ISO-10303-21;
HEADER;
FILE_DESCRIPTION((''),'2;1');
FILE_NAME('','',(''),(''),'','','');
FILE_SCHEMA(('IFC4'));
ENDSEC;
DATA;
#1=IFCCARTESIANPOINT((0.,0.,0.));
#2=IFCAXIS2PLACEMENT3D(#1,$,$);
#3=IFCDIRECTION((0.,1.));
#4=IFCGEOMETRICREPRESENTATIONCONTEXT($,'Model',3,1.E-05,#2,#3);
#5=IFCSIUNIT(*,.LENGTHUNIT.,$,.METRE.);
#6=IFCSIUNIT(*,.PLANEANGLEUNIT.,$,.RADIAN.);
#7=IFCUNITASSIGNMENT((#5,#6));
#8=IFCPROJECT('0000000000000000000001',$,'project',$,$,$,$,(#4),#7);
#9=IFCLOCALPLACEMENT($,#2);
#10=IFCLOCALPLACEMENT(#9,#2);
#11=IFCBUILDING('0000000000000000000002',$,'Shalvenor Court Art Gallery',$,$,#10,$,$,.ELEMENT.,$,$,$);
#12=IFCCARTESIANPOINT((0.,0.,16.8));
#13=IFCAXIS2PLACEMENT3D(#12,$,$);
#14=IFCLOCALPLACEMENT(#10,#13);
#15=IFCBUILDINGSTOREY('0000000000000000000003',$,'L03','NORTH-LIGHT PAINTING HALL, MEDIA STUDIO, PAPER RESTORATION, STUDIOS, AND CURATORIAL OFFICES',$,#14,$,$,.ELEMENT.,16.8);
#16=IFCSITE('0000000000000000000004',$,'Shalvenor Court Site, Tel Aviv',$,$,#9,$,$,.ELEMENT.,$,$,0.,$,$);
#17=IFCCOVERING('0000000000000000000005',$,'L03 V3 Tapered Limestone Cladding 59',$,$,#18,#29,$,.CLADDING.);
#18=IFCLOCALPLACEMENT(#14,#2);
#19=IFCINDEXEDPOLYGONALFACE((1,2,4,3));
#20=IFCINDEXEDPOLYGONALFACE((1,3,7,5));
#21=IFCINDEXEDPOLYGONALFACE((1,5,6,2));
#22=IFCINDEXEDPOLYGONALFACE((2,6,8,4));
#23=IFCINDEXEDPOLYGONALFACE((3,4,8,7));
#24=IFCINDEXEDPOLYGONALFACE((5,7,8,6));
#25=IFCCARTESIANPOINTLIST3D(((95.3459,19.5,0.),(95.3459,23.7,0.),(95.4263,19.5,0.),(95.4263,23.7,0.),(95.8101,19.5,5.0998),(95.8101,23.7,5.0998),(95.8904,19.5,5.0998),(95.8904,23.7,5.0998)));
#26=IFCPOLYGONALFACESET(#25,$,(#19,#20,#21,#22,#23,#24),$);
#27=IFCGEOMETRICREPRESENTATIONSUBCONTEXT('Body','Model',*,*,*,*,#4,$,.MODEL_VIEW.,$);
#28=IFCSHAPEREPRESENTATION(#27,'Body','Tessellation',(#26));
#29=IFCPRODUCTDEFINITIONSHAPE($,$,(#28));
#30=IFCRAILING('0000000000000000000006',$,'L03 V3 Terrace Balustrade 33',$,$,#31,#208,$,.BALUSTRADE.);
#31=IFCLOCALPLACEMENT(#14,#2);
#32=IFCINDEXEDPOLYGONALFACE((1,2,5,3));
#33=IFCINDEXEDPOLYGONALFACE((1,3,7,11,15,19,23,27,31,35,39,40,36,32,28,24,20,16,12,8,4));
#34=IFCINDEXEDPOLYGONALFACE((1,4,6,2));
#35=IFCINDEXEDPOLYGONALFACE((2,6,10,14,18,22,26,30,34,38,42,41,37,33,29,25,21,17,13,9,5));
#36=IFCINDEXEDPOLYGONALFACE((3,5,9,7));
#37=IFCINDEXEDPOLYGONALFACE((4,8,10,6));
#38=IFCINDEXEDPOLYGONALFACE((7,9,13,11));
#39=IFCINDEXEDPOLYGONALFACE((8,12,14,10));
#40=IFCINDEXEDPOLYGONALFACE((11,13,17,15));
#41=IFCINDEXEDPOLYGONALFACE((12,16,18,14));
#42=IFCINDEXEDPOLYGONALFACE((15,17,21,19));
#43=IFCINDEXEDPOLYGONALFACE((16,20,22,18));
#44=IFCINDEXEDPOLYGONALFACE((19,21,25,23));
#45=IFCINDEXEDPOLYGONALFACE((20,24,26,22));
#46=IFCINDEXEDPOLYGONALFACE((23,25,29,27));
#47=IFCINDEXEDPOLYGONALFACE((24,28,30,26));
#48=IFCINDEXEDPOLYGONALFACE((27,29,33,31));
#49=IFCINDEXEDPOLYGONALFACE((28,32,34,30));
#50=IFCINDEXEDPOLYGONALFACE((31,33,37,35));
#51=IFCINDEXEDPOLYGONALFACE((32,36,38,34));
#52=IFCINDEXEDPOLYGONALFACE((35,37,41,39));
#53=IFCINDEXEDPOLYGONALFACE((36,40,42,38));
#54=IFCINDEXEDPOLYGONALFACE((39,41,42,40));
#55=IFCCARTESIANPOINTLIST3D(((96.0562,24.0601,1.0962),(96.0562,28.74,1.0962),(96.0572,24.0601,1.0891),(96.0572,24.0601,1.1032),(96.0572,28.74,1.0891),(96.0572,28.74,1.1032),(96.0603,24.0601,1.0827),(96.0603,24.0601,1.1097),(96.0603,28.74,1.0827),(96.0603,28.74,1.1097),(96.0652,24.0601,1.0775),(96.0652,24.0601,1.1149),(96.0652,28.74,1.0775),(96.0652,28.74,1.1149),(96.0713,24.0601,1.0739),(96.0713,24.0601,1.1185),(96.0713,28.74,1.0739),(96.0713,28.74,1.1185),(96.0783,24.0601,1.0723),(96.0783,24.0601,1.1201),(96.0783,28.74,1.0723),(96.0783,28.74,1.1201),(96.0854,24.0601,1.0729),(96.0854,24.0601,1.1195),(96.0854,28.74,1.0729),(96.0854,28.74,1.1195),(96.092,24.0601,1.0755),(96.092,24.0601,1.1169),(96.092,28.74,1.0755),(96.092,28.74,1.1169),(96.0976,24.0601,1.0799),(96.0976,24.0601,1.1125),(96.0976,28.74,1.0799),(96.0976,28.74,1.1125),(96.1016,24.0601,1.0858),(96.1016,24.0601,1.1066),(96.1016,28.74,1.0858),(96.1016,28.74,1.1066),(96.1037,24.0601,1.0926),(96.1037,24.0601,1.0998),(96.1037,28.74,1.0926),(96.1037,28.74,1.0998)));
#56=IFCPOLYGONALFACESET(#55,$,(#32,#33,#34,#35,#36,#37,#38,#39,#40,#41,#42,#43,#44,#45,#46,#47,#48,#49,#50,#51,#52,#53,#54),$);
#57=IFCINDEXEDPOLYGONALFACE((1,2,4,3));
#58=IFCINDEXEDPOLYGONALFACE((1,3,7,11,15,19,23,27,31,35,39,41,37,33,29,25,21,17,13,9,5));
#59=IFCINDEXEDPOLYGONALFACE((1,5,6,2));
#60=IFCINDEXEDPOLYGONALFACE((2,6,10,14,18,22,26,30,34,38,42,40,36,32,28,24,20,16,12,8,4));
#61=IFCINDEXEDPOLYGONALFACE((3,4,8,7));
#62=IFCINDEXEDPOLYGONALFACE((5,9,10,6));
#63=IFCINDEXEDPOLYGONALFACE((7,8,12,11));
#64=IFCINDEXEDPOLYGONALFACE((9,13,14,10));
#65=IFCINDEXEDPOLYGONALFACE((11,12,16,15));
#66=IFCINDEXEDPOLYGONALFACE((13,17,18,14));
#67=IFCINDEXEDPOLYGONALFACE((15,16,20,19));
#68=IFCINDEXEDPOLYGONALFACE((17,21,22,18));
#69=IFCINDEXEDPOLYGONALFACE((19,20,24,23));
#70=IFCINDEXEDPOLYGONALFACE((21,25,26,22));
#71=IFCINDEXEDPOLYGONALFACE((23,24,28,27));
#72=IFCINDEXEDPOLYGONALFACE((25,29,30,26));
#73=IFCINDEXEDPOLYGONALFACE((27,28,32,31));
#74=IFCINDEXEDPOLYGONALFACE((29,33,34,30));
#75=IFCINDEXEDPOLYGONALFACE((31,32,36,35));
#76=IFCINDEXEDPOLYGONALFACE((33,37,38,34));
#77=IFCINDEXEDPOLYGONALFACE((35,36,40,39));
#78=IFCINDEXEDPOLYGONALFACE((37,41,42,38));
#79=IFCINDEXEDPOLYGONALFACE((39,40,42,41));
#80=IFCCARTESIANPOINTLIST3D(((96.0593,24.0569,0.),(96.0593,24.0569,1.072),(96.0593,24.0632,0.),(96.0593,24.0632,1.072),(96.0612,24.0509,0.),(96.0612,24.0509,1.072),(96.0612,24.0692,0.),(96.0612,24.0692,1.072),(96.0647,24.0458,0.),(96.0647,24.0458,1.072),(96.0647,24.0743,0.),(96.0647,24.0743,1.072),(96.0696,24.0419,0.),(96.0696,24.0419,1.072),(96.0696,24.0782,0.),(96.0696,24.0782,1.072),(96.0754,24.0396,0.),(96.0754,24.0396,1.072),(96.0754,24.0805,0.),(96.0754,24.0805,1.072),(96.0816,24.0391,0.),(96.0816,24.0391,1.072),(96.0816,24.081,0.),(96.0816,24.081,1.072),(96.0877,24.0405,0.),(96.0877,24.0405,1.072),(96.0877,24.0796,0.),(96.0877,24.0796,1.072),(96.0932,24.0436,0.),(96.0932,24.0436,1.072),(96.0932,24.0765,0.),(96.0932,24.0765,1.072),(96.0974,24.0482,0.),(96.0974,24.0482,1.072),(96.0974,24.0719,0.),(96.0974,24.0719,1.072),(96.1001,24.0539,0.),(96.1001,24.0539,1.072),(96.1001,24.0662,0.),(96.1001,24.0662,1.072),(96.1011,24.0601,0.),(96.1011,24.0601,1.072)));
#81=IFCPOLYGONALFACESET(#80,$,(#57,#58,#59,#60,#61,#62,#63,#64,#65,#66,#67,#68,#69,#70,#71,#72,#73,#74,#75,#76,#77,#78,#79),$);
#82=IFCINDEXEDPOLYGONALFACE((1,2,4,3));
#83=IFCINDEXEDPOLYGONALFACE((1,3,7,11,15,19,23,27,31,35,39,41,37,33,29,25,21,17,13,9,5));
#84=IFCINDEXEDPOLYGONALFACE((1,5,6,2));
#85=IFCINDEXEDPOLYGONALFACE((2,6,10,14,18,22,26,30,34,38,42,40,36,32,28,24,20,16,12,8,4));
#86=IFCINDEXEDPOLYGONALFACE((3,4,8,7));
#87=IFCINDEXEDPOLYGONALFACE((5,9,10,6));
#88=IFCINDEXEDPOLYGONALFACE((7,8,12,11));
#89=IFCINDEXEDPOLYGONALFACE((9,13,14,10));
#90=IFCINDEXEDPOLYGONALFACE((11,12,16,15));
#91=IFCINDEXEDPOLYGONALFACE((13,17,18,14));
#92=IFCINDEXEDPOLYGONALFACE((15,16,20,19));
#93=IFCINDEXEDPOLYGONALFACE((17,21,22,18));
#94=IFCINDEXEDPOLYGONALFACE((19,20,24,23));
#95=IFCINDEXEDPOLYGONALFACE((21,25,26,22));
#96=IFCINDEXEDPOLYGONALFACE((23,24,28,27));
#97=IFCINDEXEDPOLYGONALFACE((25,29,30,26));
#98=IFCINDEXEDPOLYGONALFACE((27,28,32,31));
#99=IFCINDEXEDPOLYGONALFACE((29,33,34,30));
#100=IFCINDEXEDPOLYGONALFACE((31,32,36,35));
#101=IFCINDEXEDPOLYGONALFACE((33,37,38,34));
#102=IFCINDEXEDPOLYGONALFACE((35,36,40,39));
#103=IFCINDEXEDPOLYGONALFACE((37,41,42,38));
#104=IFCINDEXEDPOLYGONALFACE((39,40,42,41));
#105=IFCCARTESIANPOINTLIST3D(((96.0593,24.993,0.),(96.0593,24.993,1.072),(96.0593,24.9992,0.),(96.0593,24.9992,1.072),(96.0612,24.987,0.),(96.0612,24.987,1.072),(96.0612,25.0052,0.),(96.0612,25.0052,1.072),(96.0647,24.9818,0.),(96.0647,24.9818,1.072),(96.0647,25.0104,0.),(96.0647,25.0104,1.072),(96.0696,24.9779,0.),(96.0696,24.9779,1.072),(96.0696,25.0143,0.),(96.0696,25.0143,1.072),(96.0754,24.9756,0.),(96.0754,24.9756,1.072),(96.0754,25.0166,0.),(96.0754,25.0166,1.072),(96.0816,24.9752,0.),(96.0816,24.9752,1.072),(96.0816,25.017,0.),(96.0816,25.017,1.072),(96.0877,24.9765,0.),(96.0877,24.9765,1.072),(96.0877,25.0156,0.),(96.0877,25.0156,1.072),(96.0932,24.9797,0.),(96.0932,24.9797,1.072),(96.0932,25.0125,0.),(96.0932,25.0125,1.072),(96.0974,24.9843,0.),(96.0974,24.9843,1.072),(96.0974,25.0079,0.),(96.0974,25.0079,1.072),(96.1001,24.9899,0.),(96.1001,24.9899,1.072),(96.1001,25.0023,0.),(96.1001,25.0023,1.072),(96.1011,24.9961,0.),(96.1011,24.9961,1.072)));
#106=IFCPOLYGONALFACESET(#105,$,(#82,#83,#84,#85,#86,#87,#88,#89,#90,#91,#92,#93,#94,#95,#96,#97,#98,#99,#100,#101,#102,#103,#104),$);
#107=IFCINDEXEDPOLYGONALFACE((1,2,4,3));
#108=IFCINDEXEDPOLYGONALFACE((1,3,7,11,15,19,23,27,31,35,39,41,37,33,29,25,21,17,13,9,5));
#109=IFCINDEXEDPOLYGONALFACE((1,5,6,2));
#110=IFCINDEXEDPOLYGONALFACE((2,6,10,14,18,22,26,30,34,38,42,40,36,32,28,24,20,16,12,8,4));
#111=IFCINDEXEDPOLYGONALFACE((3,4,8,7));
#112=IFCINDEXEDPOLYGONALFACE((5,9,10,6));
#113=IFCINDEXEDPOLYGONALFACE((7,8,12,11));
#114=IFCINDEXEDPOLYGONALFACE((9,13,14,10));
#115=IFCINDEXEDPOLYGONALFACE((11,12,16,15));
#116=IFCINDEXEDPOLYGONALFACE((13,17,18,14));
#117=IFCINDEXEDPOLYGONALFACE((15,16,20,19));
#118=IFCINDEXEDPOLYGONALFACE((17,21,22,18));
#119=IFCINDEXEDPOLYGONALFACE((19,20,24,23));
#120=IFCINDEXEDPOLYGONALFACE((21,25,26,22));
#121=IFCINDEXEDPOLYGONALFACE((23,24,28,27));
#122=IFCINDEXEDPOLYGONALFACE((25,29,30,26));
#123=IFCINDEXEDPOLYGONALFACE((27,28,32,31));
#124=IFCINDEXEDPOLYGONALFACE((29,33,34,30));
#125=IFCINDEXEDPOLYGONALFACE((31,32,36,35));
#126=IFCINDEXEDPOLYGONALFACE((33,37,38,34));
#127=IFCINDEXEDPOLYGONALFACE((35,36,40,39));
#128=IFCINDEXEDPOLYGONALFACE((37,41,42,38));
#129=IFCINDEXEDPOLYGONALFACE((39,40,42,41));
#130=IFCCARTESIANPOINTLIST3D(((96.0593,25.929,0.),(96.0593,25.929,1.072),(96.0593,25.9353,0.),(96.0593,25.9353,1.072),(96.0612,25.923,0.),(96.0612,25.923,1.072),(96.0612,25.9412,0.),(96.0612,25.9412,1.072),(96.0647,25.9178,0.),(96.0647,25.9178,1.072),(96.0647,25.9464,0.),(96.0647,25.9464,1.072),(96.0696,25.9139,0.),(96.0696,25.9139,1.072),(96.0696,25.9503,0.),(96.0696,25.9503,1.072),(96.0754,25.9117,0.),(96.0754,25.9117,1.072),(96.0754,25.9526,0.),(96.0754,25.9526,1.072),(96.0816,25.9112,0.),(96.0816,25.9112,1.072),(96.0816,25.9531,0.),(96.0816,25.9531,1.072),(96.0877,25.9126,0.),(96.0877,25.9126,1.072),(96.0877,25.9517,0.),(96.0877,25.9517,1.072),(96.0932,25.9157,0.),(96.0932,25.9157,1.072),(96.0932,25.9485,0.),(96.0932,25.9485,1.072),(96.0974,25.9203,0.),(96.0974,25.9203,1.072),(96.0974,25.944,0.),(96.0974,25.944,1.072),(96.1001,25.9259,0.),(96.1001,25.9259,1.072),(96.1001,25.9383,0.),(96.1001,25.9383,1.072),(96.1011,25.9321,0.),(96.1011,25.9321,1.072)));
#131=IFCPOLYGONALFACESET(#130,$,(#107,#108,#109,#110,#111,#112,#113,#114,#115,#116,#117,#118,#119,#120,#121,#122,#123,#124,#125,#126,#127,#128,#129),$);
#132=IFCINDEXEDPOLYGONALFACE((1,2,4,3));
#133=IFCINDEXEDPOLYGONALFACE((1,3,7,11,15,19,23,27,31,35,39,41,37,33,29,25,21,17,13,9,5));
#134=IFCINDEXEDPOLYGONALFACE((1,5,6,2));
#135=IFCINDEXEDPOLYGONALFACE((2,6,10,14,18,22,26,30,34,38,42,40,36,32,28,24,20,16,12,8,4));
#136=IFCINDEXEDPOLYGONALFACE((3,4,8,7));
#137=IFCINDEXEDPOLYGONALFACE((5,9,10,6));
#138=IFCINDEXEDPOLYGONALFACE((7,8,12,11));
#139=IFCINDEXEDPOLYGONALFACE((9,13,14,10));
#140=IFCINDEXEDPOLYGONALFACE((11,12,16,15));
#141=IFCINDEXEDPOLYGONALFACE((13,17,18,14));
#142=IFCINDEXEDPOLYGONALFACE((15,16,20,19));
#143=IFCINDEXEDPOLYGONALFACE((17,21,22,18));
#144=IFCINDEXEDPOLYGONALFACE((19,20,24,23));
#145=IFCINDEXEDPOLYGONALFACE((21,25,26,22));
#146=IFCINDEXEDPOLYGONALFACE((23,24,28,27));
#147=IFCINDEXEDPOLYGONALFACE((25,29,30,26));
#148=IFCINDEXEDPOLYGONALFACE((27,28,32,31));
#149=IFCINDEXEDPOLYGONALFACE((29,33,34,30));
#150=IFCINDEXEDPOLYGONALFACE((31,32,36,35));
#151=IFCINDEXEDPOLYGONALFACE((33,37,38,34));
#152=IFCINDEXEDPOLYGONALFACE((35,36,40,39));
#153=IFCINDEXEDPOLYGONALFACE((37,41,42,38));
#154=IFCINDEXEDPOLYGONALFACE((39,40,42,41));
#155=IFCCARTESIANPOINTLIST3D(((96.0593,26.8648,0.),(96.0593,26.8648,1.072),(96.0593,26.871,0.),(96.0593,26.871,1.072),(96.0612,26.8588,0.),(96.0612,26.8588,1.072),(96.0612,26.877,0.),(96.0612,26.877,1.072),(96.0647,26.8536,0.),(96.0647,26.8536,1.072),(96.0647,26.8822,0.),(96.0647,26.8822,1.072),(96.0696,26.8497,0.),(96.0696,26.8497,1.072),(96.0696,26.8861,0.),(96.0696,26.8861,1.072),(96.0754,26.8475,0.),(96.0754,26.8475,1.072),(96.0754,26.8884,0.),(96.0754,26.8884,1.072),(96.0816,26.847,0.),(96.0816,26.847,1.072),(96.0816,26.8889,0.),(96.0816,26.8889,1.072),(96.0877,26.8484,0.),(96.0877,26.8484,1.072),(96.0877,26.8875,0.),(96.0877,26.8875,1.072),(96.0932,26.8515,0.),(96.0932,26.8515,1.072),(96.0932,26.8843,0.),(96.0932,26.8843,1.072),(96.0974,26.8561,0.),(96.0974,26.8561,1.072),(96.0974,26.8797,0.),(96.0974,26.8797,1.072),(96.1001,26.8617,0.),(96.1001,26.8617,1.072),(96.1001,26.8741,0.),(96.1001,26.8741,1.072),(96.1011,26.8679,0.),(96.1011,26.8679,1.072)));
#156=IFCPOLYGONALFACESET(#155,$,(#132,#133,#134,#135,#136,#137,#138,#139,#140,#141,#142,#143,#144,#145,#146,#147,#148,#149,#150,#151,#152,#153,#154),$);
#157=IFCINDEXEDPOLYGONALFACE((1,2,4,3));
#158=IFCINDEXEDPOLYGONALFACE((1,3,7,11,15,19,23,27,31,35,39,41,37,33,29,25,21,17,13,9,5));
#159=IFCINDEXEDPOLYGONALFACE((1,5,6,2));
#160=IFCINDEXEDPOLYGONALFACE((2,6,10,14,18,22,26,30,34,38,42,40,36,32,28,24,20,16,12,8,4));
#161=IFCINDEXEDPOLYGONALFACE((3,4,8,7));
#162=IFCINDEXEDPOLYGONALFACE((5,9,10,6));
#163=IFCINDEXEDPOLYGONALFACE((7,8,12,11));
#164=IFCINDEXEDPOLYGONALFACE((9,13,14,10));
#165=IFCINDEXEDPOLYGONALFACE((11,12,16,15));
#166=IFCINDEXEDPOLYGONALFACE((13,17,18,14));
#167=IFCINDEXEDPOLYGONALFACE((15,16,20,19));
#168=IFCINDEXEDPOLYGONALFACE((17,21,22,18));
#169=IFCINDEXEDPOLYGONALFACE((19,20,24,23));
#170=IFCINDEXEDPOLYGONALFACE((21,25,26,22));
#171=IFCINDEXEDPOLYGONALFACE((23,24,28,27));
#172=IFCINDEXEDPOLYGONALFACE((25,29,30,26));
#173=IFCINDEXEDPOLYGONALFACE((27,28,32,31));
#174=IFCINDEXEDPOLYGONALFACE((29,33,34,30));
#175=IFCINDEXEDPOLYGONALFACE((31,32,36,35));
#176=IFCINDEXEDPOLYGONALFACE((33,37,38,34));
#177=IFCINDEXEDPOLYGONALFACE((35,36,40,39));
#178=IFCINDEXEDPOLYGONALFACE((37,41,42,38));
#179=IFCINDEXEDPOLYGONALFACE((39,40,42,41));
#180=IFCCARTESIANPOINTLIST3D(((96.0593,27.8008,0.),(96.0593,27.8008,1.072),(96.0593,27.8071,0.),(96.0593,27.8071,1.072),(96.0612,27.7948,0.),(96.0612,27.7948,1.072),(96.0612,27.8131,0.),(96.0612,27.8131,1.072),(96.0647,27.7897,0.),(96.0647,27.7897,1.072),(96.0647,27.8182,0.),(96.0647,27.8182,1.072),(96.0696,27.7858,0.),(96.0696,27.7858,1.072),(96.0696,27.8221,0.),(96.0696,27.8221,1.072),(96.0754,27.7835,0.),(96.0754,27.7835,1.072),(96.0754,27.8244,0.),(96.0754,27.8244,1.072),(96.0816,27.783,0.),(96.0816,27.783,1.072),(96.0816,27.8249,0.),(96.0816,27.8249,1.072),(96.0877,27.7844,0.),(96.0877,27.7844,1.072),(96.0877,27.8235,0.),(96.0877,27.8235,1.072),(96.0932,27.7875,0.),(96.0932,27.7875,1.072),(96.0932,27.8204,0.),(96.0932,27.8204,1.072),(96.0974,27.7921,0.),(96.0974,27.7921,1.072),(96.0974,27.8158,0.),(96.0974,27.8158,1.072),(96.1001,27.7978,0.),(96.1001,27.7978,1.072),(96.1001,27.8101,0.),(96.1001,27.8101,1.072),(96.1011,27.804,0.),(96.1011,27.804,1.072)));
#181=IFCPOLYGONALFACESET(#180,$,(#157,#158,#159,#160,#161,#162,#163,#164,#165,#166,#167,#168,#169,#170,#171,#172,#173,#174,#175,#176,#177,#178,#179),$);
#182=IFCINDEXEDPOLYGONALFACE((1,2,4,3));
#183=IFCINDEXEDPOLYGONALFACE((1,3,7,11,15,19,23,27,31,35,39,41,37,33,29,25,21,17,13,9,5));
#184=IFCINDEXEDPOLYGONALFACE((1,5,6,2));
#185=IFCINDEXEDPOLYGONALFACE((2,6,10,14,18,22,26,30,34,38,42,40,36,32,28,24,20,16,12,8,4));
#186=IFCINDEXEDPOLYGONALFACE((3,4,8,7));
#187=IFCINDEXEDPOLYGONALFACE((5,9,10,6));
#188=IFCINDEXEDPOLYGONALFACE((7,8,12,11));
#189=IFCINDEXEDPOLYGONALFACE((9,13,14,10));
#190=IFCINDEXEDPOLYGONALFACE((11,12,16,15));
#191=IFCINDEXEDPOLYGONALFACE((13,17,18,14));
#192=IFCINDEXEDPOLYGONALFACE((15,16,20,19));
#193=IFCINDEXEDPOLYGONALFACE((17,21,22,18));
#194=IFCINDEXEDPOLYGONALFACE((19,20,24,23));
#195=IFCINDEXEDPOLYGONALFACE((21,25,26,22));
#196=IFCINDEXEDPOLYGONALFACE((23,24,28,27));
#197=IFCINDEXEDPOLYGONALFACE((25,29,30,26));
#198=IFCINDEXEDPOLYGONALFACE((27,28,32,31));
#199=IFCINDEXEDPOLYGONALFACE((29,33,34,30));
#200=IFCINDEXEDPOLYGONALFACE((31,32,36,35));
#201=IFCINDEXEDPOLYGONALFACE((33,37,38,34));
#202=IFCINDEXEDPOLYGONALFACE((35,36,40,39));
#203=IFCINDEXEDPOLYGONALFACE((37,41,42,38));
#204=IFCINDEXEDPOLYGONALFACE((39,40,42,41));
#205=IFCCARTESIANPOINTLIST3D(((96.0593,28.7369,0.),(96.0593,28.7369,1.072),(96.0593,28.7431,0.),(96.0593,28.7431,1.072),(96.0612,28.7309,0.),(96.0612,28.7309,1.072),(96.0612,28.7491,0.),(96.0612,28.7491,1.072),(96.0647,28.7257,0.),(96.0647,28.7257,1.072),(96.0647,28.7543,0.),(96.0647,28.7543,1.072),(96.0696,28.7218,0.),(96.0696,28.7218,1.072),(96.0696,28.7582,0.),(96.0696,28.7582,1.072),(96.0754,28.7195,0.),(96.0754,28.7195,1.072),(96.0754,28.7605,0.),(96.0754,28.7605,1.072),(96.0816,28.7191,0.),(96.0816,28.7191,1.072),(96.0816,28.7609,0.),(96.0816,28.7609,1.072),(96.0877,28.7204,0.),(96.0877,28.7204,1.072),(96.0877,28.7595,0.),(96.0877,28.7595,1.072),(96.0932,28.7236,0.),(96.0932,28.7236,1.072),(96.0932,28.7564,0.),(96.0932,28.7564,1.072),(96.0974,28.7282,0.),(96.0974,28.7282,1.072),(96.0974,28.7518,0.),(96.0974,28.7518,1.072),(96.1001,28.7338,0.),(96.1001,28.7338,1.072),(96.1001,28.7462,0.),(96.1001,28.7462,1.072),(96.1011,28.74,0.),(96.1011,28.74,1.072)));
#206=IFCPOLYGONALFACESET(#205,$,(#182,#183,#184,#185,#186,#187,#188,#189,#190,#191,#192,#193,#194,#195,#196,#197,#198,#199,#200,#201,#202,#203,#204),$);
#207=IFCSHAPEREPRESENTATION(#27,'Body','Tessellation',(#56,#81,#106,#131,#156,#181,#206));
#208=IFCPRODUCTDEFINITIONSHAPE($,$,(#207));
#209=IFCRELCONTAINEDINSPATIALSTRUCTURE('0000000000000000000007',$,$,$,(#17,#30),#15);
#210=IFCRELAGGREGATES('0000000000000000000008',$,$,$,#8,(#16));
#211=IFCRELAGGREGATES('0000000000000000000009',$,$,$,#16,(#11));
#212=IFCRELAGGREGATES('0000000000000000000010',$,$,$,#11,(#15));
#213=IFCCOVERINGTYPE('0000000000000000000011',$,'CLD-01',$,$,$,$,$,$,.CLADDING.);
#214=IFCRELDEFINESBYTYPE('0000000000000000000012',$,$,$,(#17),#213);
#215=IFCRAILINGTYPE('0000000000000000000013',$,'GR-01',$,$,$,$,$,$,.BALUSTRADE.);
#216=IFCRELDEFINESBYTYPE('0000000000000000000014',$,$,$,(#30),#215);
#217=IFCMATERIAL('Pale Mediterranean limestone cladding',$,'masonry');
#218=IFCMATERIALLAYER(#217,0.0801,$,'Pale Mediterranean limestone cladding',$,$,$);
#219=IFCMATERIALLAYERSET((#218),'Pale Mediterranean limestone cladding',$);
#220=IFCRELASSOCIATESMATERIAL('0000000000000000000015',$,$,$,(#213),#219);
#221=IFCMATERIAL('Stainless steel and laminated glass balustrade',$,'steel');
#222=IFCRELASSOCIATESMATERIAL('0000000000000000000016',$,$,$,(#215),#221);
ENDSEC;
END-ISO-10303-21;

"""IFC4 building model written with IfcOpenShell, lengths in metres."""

from ifc_helpers import new_model, si_unit, direction, frame, origin, origin_2d, place, context, subcontext, project, spatial, polyline, circle, outline, extrude, material, layer, layer_set, type_object, element, save


model = new_model("IFC4")

# Units and contexts
model_context = context("Model", 3, precision=1e-05, world=origin(), true_north=direction((0.0, 1.0)))
body_context = subcontext(model_context, "Body", "Model", "MODEL_VIEW")
ifc_project = project(units=[si_unit("LENGTHUNIT", "METRE"), si_unit("PLANEANGLEUNIT", "RADIAN")], contexts=[model_context])

# Site, building, storey
site_placement = place(None, origin())
site = spatial("IfcSite", under=ifc_project, at=site_placement, Name="Shalvenor Court Site, Tel Aviv", CompositionType="ELEMENT", RefElevation=0.0)
building_placement = place(site_placement, origin())
building = spatial("IfcBuilding", under=site, at=building_placement, Name="Shalvenor Court Art Gallery", CompositionType="ELEMENT")
storey_placement = place(building_placement, frame((0.0, 0.0, 16.8)))
storey = spatial("IfcBuildingStorey", under=building, at=storey_placement, Name="L03", Description="NORTH-LIGHT PAINTING HALL, MEDIA STUDIO, PAPER RESTORATION, STUDIOS, AND CURATORIAL OFFICES", CompositionType="ELEMENT", Elevation=16.8)

# Covering
ifc_material_1 = material(Name="Pale Mediterranean limestone cladding", Category="masonry")
ifc_layer_1 = layer(ifc_material_1, 0.0801, Name="Pale Mediterranean limestone cladding")
ifc_layer_set_1 = layer_set([ifc_layer_1], Name="Pale Mediterranean limestone cladding")
covering_type = type_object("IfcCoveringType", Name="CLD-01", PredefinedType="CLADDING", material=ifc_layer_set_1)
for number, where, z_axis, x_axis, name in (
    (1, (95.3459, 23.7, 0.0), (0.0, 0.0, 1.0), (0.0, -1.0, 0.0), "L03 V3 Tapered Limestone Cladding 59"),
):
    element("IfcCovering", number, at=place(storey_placement, frame(where, z_axis=z_axis, x_axis=x_axis)), inside=storey, type_object=covering_type, Name=name, PredefinedType="CLADDING", context=body_context, shape_type="SweptSolid", body=[
        extrude(outline(polyline([(0.0, 0.0), (4.2, 0.0), (4.2, 5.1208), (0.0, 5.1208), (0.0, 0.0)])), frame((0.0, 0.0, 0.0), z_axis=(0.0, -0.995884, 0.090633), x_axis=(1.0, 0.0, 0.0)), (0.0, 0.090633, -0.995884), 0.0803),
    ])

# Railing
ifc_material_2 = material(Name="Stainless steel and laminated glass balustrade", Category="steel")
railing_type = type_object("IfcRailingType", Name="GR-01", PredefinedType="BALUSTRADE", material=ifc_material_2)
railing_1_placement = place(storey_placement, frame((96.0801, 24.0601, 0.0)))
element("IfcRailing", 2, at=railing_1_placement, inside=storey, type_object=railing_type, Name="L03 V3 Terrace Balustrade 33", PredefinedType="BALUSTRADE", context=body_context, shape_type="SweptSolid", body=[
    extrude(circle(Radius=0.0239, at=origin_2d()), frame((0.0, 0.0, 1.0962), z_axis=(0.0, 1.0, 0.0), x_axis=(-1.0, 0.0, 0.0)), (0.0, 0.0, 1.0), 4.6799),
    extrude(circle(Radius=0.021, at=origin_2d()), origin(), (0.0, 0.0, 1.0), 1.072),
    extrude(circle(Radius=0.021, at=origin_2d()), frame((0.0, 0.936, 0.0)), (0.0, 0.0, 1.0), 1.072),
    extrude(circle(Radius=0.021, at=origin_2d()), frame((0.0, 1.8721, 0.0)), (0.0, 0.0, 1.0), 1.072),
    extrude(circle(Radius=0.021, at=origin_2d()), frame((0.0, 2.8079, 0.0)), (0.0, 0.0, 1.0), 1.072),
    extrude(circle(Radius=0.021, at=origin_2d()), frame((0.0, 3.7439, 0.0)), (0.0, 0.0, 1.0), 1.072),
    extrude(circle(Radius=0.021, at=origin_2d()), frame((0.0, 4.6799, 0.0)), (0.0, 0.0, 1.0), 1.072),
])

save(model, "model.ifc")
